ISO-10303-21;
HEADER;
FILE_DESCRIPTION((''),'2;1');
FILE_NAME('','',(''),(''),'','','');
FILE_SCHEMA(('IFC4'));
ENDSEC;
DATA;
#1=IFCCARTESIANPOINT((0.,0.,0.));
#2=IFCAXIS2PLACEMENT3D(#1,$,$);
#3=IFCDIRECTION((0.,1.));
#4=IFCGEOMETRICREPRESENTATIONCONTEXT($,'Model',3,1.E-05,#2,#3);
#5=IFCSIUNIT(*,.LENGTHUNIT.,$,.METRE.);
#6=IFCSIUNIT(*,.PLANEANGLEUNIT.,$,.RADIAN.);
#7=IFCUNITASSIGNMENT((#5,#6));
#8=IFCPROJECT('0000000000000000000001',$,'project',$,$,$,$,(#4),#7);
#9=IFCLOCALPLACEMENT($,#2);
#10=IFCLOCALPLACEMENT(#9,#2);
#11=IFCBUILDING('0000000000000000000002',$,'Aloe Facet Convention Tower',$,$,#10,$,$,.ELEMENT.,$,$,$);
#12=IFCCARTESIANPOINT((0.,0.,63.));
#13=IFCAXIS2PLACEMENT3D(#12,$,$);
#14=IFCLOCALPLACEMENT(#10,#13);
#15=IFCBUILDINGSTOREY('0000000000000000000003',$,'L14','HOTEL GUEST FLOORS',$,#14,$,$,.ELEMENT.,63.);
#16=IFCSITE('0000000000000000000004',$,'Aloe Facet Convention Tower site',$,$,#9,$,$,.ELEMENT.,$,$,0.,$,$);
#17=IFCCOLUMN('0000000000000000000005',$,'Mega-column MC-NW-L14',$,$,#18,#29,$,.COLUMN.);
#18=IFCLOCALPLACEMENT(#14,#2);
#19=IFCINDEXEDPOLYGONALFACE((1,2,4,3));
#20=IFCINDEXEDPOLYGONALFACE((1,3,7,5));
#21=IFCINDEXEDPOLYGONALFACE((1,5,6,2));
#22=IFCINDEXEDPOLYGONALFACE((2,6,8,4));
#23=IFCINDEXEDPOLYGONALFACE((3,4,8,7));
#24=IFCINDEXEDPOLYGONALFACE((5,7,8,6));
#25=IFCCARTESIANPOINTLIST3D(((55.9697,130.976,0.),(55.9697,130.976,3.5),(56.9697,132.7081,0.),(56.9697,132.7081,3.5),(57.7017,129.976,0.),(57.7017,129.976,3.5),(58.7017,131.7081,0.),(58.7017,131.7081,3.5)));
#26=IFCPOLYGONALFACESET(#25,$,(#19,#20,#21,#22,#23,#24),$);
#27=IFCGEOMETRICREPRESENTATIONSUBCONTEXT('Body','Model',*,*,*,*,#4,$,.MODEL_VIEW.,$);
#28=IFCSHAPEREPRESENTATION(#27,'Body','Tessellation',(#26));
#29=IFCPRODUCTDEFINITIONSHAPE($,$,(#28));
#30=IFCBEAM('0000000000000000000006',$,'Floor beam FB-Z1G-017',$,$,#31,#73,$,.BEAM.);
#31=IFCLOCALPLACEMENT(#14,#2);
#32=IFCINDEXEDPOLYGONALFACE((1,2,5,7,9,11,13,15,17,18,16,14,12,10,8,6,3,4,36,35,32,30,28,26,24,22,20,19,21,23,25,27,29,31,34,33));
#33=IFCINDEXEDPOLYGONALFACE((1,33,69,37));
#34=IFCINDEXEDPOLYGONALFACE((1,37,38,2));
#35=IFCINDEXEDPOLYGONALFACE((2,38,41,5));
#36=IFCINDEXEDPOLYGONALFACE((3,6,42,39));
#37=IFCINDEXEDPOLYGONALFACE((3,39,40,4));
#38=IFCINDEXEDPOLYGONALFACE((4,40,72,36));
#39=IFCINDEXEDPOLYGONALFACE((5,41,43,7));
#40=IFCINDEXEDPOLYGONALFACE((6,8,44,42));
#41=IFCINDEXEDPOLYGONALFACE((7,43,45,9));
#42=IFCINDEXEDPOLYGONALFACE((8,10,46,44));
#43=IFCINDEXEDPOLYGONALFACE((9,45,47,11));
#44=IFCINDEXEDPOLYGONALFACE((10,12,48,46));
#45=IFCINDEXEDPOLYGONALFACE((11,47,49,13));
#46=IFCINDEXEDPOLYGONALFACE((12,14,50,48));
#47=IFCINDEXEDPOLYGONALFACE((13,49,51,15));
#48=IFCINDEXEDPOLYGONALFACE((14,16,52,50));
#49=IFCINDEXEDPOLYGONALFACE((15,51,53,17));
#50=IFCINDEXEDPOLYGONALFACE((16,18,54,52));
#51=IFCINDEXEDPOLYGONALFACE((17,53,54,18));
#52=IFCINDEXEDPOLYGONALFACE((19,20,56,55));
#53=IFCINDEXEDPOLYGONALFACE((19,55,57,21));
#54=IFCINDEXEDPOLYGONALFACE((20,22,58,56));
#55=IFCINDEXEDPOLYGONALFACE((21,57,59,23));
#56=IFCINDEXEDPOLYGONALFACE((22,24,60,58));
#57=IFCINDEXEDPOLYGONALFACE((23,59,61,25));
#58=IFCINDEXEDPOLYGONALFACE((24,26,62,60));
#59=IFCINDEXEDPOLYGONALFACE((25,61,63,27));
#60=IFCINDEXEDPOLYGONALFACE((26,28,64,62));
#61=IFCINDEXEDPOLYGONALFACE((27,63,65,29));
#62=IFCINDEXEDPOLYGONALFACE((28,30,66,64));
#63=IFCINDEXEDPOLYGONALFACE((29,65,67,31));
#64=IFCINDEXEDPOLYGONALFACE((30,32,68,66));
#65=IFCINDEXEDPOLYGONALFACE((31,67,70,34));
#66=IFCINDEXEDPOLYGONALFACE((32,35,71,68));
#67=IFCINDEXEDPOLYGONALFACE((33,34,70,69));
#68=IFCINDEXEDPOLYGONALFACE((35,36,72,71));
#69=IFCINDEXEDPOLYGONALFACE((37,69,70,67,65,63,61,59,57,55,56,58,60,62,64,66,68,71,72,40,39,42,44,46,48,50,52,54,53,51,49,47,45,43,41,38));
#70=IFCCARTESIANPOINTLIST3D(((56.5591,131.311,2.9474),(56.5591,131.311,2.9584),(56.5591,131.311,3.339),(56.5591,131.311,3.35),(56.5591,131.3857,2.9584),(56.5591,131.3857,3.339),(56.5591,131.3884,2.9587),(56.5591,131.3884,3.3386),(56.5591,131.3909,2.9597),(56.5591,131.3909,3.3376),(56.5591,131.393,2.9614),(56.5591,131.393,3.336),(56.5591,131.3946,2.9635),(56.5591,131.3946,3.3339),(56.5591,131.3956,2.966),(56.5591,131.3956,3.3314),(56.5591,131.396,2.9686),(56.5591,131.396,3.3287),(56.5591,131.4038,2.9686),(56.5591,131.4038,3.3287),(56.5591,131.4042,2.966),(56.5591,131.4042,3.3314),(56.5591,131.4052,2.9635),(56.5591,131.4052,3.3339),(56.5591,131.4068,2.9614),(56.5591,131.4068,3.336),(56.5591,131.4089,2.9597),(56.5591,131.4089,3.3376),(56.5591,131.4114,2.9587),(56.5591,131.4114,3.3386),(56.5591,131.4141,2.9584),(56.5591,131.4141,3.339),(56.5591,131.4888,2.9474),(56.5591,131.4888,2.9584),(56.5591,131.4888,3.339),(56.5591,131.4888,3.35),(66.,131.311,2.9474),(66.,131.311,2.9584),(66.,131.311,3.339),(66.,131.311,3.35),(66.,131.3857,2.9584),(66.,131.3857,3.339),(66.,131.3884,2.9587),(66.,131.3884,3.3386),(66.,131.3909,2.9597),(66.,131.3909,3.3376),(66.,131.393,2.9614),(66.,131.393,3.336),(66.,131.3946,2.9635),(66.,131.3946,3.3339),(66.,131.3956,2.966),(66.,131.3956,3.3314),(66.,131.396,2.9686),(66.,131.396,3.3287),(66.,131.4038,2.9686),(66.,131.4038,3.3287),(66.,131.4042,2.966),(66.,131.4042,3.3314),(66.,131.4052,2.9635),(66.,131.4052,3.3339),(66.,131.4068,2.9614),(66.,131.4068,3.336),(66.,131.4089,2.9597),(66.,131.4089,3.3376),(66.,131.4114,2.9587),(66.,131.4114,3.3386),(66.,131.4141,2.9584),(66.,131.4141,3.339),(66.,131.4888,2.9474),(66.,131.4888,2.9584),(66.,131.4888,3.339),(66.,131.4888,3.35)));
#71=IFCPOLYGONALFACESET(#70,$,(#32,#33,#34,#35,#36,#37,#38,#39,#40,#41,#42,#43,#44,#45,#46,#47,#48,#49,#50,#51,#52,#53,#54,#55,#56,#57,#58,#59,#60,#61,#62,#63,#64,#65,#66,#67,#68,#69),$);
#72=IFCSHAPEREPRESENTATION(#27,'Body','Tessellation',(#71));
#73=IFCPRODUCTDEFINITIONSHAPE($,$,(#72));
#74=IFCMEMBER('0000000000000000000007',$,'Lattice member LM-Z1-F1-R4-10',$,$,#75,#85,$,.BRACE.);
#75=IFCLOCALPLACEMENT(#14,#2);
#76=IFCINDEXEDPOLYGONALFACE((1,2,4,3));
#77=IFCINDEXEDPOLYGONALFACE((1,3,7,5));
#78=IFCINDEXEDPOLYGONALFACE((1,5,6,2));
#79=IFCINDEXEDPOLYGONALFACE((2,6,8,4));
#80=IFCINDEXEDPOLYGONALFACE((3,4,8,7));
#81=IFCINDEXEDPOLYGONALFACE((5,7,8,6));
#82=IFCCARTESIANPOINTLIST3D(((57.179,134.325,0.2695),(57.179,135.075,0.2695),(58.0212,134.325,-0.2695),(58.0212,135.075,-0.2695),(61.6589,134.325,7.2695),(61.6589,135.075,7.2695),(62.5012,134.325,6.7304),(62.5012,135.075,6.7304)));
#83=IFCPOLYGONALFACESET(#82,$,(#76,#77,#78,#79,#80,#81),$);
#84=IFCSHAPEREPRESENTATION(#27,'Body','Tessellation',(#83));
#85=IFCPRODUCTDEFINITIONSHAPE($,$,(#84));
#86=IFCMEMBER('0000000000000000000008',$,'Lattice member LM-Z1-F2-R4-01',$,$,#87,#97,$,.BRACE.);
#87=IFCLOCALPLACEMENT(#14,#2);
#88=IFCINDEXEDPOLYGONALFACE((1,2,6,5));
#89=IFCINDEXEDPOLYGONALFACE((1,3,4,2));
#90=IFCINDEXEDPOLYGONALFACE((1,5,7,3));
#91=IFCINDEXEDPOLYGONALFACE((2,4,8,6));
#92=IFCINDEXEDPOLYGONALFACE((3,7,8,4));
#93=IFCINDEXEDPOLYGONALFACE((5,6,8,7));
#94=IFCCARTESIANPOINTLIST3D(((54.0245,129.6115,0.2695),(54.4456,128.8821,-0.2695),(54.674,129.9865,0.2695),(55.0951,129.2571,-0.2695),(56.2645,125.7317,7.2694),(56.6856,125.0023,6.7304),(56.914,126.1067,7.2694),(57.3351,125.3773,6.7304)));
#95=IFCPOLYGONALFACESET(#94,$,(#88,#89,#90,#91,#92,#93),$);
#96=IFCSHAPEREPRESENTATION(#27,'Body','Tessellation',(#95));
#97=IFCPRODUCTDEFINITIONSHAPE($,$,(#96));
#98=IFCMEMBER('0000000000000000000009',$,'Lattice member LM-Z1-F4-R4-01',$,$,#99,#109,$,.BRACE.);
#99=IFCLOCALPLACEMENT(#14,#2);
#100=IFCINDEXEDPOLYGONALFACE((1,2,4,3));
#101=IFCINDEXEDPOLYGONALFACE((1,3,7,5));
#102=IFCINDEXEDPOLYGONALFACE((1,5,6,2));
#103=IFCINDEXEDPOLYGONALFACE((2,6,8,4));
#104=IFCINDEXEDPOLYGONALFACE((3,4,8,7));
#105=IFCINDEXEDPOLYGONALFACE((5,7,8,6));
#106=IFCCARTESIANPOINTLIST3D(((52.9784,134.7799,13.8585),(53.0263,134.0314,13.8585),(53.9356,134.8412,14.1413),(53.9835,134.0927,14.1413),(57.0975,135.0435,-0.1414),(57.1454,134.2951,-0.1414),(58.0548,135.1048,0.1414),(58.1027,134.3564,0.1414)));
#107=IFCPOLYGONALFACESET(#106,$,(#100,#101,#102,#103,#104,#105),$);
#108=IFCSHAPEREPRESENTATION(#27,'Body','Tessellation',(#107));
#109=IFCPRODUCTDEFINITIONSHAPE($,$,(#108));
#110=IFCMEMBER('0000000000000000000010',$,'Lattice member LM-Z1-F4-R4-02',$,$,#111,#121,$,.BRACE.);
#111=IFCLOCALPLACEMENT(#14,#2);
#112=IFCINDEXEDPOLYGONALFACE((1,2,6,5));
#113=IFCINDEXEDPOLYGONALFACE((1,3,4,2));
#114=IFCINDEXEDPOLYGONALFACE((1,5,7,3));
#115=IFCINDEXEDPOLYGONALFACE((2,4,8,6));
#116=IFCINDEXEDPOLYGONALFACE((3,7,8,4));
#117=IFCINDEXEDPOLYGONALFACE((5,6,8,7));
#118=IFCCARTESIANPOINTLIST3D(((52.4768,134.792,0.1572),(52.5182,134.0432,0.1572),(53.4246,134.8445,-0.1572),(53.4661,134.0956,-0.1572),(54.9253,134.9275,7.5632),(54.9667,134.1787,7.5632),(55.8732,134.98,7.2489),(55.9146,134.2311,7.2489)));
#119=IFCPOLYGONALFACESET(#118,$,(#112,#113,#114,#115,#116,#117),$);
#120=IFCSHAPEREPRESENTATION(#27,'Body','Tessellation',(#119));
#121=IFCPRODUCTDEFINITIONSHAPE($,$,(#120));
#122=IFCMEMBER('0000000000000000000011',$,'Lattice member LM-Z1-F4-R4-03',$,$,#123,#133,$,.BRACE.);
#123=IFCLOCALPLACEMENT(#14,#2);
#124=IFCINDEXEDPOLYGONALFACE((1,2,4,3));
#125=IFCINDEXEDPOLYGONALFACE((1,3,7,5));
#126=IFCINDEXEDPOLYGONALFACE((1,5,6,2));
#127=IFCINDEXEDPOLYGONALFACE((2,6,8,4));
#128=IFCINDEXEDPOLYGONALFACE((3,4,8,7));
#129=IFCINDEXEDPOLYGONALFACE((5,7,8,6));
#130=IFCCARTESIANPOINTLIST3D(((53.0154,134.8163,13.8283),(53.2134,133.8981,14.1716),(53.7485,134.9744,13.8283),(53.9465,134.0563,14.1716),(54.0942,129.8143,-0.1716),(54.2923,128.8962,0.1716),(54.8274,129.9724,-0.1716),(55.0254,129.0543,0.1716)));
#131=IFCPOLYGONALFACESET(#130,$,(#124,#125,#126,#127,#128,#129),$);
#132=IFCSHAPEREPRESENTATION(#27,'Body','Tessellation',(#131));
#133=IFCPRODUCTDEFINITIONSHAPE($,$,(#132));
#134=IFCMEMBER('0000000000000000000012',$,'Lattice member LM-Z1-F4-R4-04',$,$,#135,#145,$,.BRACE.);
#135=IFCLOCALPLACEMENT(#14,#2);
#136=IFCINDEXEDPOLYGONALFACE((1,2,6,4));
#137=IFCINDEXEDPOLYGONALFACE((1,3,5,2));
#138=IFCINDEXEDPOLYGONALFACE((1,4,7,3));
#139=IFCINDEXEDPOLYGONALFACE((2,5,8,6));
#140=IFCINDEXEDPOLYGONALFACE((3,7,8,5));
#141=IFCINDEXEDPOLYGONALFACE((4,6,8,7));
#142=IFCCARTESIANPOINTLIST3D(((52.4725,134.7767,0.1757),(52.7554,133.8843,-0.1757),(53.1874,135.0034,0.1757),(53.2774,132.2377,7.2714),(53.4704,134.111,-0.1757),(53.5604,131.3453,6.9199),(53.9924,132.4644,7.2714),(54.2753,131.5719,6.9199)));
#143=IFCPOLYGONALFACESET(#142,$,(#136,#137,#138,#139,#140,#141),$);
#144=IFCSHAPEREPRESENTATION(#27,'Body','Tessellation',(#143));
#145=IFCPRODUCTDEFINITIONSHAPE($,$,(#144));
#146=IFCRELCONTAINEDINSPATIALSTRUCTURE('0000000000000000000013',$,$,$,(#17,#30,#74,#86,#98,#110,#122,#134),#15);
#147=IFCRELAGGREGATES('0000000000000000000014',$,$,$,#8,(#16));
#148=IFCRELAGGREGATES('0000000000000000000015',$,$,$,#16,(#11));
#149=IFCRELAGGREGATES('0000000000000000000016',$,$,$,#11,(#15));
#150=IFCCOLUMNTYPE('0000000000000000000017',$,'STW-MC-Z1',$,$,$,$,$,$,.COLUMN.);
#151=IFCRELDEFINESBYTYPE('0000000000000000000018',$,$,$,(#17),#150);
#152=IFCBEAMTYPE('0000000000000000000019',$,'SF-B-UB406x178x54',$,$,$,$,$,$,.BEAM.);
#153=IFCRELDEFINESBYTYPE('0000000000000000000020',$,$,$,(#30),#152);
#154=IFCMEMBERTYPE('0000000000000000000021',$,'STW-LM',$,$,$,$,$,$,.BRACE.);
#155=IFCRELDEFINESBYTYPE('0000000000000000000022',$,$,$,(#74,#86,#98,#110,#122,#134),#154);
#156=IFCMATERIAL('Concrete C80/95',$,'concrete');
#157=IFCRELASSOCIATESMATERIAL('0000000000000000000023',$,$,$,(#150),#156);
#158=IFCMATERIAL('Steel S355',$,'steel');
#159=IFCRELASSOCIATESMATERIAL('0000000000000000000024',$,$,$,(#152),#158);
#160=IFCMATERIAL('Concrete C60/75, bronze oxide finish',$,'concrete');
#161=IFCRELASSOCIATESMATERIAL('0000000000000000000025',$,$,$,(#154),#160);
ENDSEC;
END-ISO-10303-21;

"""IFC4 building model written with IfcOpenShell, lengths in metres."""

from ifc_helpers import new_model, si_unit, direction, frame, origin, origin_2d, place, context, subcontext, project, spatial, rectangle, i_section, extrude, material, material_profile, profile_set, type_object, element, save


model = new_model("IFC4")

# Units and contexts
model_context = context("Model", 3, precision=1e-05, world=origin(), true_north=direction((0.0, 1.0)))
body_context = subcontext(model_context, "Body", "Model", "MODEL_VIEW")
ifc_project = project(units=[si_unit("LENGTHUNIT", "METRE"), si_unit("PLANEANGLEUNIT", "RADIAN")], contexts=[model_context])

# Site, building, storey
site_placement = place(None, origin())
site = spatial("IfcSite", under=ifc_project, at=site_placement, Name="Aloe Facet Convention Tower site", CompositionType="ELEMENT", RefElevation=0.0)
building_placement = place(site_placement, origin())
building = spatial("IfcBuilding", under=site, at=building_placement, Name="Aloe Facet Convention Tower", CompositionType="ELEMENT")
storey_placement = place(building_placement, frame((0.0, 0.0, 63.0)))
storey = spatial("IfcBuildingStorey", under=building, at=storey_placement, Name="L14", Description="HOTEL GUEST FLOORS", CompositionType="ELEMENT", Elevation=63.0)

# Column
ifc_material_1 = material(Name="Concrete C80/95", Category="concrete")
ifc_material_profile_1 = material_profile(ifc_material_1, rectangle(XDim=2.0, YDim=2.0, at=origin_2d()), Name="STW-MC-Z1")
ifc_profile_set_1 = profile_set([ifc_material_profile_1], Name="Concrete C80/95")
column_type = type_object("IfcColumnType", Name="STW-MC-Z1", PredefinedType="COLUMN", material=ifc_profile_set_1)
column_placement = place(storey_placement, frame((57.3357, 131.342, 0.0), z_axis=(0.0, 0.0, 1.0), x_axis=(-0.5, -0.866025, 0.0)))
element("IfcColumn", 1, at=column_placement, inside=storey, type_object=column_type, Name="Mega-column MC-NW-L14", PredefinedType="COLUMN", context=body_context, shape_type="SweptSolid", body=[
    extrude(rectangle(XDim=2.0, YDim=2.0, at=origin_2d()), origin(), (0.0, 0.0, 1.0), 3.5),
])

# Beam
ifc_material_2 = material(Name="Steel S355", Category="steel")
ifc_material_profile_2 = material_profile(ifc_material_2, i_section(OverallWidth=0.1777, OverallDepth=0.4026, WebThickness=0.0078, FlangeThickness=0.011, FilletRadius=0.0103, at=origin_2d()), Name="UB 406x178x54")
ifc_profile_set_2 = profile_set([ifc_material_profile_2], Name="Steel S355")
beam_type = type_object("IfcBeamType", Name="SF-B-UB406x178x54", PredefinedType="BEAM", material=ifc_profile_set_2)
beam_placement = place(storey_placement, frame((56.5591, 131.3999, 3.1487), z_axis=(1.0, 0.0, 0.0), x_axis=(0.0, 1.0, 0.0)))
element("IfcBeam", 2, at=beam_placement, inside=storey, type_object=beam_type, Name="Floor beam FB-Z1G-017", PredefinedType="BEAM", context=body_context, shape_type="SweptSolid", body=[
    extrude(i_section(OverallWidth=0.1777, OverallDepth=0.4026, WebThickness=0.0078, FlangeThickness=0.011, FilletRadius=0.0103, at=origin_2d()), origin(), (0.0, 0.0, 1.0), 9.4409),
])

# Members
ifc_material_3 = material(Name="Concrete C60/75, bronze oxide finish", Category="concrete")
ifc_material_profile_3 = material_profile(ifc_material_3, rectangle(XDim=0.75, YDim=1.0, at=origin_2d()), Name="STW-LM")
ifc_profile_set_3 = profile_set([ifc_material_profile_3], Name="Concrete C60/75, bronze oxide finish")
member_type = type_object("IfcMemberType", Name="STW-LM", PredefinedType="BRACE", material=ifc_profile_set_3)
for number, where, z_axis, x_axis, name in (
    (3, (57.6001, 134.7, 0.0), (0.539052, 0.0, 0.842272), (0.0, 1.0, 0.0), "Lattice member LM-Z1-F1-R4-10"),
    (4, (54.5598, 129.4343, 0.0), (0.269524, -0.466843, 0.842267), (0.866031, 0.49999, 0.0), "Lattice member LM-Z1-F2-R4-01"),
):
    element("IfcMember", number, at=place(storey_placement, frame(where, z_axis=z_axis, x_axis=x_axis)), inside=storey, type_object=member_type, Name=name, PredefinedType="BRACE", context=body_context, shape_type="SweptSolid", body=[
        extrude(rectangle(XDim=0.75, YDim=1.0, at=origin_2d()), origin(), (0.0, 0.0, 1.0), 8.3108),
    ])
member_1_placement = place(storey_placement, frame((57.6001, 134.7, 0.0), z_axis=(-0.282214, -0.018065, 0.959181), x_axis=(0.063881, -0.997958, 0.0)))
element("IfcMember", 5, at=member_1_placement, inside=storey, type_object=member_type, Name="Lattice member LM-Z1-F4-R4-01", PredefinedType="BRACE", context=body_context, shape_type="SweptSolid", body=[
    extrude(rectangle(XDim=0.75, YDim=1.0, at=origin_2d()), origin(), (0.0, 0.0, 1.0), 14.5957),
])
member_2_placement = place(storey_placement, frame((52.9714, 134.4438, 0.0), z_axis=(0.313851, 0.017368, 0.949313), x_axis=(-0.055255, 0.998472, 0.0)))
element("IfcMember", 6, at=member_2_placement, inside=storey, type_object=member_type, Name="Lattice member LM-Z1-F4-R4-02", PredefinedType="BRACE", context=body_context, shape_type="SweptSolid", body=[
    extrude(rectangle(XDim=0.75, YDim=1.0, at=origin_2d()), origin(), (0.0, 0.0, 1.0), 7.8015),
])
member_3_placement = place(storey_placement, frame((54.5598, 129.4343, 0.0), z_axis=(-0.072378, 0.33557, 0.93923), x_axis=(-0.977521, -0.210839, 0.0)))
element("IfcMember", 7, at=member_3_placement, inside=storey, type_object=member_type, Name="Lattice member LM-Z1-F4-R4-03", PredefinedType="BRACE", context=body_context, shape_type="SweptSolid", body=[
    extrude(rectangle(XDim=0.75, YDim=1.0, at=origin_2d()), origin(), (0.0, 0.0, 1.0), 14.9058),
])
member_4_placement = place(storey_placement, frame((52.9714, 134.4438, 0.0), z_axis=(0.106203, -0.335006, 0.936212), x_axis=(0.953245, 0.302197, 0.0)))
element("IfcMember", 8, at=member_4_placement, inside=storey, type_object=member_type, Name="Lattice member LM-Z1-F4-R4-04", PredefinedType="BRACE", context=body_context, shape_type="SweptSolid", body=[
    extrude(rectangle(XDim=0.75, YDim=1.0, at=origin_2d()), origin(), (0.0, 0.0, 1.0), 7.5791),
])

save(model, "model.ifc")
